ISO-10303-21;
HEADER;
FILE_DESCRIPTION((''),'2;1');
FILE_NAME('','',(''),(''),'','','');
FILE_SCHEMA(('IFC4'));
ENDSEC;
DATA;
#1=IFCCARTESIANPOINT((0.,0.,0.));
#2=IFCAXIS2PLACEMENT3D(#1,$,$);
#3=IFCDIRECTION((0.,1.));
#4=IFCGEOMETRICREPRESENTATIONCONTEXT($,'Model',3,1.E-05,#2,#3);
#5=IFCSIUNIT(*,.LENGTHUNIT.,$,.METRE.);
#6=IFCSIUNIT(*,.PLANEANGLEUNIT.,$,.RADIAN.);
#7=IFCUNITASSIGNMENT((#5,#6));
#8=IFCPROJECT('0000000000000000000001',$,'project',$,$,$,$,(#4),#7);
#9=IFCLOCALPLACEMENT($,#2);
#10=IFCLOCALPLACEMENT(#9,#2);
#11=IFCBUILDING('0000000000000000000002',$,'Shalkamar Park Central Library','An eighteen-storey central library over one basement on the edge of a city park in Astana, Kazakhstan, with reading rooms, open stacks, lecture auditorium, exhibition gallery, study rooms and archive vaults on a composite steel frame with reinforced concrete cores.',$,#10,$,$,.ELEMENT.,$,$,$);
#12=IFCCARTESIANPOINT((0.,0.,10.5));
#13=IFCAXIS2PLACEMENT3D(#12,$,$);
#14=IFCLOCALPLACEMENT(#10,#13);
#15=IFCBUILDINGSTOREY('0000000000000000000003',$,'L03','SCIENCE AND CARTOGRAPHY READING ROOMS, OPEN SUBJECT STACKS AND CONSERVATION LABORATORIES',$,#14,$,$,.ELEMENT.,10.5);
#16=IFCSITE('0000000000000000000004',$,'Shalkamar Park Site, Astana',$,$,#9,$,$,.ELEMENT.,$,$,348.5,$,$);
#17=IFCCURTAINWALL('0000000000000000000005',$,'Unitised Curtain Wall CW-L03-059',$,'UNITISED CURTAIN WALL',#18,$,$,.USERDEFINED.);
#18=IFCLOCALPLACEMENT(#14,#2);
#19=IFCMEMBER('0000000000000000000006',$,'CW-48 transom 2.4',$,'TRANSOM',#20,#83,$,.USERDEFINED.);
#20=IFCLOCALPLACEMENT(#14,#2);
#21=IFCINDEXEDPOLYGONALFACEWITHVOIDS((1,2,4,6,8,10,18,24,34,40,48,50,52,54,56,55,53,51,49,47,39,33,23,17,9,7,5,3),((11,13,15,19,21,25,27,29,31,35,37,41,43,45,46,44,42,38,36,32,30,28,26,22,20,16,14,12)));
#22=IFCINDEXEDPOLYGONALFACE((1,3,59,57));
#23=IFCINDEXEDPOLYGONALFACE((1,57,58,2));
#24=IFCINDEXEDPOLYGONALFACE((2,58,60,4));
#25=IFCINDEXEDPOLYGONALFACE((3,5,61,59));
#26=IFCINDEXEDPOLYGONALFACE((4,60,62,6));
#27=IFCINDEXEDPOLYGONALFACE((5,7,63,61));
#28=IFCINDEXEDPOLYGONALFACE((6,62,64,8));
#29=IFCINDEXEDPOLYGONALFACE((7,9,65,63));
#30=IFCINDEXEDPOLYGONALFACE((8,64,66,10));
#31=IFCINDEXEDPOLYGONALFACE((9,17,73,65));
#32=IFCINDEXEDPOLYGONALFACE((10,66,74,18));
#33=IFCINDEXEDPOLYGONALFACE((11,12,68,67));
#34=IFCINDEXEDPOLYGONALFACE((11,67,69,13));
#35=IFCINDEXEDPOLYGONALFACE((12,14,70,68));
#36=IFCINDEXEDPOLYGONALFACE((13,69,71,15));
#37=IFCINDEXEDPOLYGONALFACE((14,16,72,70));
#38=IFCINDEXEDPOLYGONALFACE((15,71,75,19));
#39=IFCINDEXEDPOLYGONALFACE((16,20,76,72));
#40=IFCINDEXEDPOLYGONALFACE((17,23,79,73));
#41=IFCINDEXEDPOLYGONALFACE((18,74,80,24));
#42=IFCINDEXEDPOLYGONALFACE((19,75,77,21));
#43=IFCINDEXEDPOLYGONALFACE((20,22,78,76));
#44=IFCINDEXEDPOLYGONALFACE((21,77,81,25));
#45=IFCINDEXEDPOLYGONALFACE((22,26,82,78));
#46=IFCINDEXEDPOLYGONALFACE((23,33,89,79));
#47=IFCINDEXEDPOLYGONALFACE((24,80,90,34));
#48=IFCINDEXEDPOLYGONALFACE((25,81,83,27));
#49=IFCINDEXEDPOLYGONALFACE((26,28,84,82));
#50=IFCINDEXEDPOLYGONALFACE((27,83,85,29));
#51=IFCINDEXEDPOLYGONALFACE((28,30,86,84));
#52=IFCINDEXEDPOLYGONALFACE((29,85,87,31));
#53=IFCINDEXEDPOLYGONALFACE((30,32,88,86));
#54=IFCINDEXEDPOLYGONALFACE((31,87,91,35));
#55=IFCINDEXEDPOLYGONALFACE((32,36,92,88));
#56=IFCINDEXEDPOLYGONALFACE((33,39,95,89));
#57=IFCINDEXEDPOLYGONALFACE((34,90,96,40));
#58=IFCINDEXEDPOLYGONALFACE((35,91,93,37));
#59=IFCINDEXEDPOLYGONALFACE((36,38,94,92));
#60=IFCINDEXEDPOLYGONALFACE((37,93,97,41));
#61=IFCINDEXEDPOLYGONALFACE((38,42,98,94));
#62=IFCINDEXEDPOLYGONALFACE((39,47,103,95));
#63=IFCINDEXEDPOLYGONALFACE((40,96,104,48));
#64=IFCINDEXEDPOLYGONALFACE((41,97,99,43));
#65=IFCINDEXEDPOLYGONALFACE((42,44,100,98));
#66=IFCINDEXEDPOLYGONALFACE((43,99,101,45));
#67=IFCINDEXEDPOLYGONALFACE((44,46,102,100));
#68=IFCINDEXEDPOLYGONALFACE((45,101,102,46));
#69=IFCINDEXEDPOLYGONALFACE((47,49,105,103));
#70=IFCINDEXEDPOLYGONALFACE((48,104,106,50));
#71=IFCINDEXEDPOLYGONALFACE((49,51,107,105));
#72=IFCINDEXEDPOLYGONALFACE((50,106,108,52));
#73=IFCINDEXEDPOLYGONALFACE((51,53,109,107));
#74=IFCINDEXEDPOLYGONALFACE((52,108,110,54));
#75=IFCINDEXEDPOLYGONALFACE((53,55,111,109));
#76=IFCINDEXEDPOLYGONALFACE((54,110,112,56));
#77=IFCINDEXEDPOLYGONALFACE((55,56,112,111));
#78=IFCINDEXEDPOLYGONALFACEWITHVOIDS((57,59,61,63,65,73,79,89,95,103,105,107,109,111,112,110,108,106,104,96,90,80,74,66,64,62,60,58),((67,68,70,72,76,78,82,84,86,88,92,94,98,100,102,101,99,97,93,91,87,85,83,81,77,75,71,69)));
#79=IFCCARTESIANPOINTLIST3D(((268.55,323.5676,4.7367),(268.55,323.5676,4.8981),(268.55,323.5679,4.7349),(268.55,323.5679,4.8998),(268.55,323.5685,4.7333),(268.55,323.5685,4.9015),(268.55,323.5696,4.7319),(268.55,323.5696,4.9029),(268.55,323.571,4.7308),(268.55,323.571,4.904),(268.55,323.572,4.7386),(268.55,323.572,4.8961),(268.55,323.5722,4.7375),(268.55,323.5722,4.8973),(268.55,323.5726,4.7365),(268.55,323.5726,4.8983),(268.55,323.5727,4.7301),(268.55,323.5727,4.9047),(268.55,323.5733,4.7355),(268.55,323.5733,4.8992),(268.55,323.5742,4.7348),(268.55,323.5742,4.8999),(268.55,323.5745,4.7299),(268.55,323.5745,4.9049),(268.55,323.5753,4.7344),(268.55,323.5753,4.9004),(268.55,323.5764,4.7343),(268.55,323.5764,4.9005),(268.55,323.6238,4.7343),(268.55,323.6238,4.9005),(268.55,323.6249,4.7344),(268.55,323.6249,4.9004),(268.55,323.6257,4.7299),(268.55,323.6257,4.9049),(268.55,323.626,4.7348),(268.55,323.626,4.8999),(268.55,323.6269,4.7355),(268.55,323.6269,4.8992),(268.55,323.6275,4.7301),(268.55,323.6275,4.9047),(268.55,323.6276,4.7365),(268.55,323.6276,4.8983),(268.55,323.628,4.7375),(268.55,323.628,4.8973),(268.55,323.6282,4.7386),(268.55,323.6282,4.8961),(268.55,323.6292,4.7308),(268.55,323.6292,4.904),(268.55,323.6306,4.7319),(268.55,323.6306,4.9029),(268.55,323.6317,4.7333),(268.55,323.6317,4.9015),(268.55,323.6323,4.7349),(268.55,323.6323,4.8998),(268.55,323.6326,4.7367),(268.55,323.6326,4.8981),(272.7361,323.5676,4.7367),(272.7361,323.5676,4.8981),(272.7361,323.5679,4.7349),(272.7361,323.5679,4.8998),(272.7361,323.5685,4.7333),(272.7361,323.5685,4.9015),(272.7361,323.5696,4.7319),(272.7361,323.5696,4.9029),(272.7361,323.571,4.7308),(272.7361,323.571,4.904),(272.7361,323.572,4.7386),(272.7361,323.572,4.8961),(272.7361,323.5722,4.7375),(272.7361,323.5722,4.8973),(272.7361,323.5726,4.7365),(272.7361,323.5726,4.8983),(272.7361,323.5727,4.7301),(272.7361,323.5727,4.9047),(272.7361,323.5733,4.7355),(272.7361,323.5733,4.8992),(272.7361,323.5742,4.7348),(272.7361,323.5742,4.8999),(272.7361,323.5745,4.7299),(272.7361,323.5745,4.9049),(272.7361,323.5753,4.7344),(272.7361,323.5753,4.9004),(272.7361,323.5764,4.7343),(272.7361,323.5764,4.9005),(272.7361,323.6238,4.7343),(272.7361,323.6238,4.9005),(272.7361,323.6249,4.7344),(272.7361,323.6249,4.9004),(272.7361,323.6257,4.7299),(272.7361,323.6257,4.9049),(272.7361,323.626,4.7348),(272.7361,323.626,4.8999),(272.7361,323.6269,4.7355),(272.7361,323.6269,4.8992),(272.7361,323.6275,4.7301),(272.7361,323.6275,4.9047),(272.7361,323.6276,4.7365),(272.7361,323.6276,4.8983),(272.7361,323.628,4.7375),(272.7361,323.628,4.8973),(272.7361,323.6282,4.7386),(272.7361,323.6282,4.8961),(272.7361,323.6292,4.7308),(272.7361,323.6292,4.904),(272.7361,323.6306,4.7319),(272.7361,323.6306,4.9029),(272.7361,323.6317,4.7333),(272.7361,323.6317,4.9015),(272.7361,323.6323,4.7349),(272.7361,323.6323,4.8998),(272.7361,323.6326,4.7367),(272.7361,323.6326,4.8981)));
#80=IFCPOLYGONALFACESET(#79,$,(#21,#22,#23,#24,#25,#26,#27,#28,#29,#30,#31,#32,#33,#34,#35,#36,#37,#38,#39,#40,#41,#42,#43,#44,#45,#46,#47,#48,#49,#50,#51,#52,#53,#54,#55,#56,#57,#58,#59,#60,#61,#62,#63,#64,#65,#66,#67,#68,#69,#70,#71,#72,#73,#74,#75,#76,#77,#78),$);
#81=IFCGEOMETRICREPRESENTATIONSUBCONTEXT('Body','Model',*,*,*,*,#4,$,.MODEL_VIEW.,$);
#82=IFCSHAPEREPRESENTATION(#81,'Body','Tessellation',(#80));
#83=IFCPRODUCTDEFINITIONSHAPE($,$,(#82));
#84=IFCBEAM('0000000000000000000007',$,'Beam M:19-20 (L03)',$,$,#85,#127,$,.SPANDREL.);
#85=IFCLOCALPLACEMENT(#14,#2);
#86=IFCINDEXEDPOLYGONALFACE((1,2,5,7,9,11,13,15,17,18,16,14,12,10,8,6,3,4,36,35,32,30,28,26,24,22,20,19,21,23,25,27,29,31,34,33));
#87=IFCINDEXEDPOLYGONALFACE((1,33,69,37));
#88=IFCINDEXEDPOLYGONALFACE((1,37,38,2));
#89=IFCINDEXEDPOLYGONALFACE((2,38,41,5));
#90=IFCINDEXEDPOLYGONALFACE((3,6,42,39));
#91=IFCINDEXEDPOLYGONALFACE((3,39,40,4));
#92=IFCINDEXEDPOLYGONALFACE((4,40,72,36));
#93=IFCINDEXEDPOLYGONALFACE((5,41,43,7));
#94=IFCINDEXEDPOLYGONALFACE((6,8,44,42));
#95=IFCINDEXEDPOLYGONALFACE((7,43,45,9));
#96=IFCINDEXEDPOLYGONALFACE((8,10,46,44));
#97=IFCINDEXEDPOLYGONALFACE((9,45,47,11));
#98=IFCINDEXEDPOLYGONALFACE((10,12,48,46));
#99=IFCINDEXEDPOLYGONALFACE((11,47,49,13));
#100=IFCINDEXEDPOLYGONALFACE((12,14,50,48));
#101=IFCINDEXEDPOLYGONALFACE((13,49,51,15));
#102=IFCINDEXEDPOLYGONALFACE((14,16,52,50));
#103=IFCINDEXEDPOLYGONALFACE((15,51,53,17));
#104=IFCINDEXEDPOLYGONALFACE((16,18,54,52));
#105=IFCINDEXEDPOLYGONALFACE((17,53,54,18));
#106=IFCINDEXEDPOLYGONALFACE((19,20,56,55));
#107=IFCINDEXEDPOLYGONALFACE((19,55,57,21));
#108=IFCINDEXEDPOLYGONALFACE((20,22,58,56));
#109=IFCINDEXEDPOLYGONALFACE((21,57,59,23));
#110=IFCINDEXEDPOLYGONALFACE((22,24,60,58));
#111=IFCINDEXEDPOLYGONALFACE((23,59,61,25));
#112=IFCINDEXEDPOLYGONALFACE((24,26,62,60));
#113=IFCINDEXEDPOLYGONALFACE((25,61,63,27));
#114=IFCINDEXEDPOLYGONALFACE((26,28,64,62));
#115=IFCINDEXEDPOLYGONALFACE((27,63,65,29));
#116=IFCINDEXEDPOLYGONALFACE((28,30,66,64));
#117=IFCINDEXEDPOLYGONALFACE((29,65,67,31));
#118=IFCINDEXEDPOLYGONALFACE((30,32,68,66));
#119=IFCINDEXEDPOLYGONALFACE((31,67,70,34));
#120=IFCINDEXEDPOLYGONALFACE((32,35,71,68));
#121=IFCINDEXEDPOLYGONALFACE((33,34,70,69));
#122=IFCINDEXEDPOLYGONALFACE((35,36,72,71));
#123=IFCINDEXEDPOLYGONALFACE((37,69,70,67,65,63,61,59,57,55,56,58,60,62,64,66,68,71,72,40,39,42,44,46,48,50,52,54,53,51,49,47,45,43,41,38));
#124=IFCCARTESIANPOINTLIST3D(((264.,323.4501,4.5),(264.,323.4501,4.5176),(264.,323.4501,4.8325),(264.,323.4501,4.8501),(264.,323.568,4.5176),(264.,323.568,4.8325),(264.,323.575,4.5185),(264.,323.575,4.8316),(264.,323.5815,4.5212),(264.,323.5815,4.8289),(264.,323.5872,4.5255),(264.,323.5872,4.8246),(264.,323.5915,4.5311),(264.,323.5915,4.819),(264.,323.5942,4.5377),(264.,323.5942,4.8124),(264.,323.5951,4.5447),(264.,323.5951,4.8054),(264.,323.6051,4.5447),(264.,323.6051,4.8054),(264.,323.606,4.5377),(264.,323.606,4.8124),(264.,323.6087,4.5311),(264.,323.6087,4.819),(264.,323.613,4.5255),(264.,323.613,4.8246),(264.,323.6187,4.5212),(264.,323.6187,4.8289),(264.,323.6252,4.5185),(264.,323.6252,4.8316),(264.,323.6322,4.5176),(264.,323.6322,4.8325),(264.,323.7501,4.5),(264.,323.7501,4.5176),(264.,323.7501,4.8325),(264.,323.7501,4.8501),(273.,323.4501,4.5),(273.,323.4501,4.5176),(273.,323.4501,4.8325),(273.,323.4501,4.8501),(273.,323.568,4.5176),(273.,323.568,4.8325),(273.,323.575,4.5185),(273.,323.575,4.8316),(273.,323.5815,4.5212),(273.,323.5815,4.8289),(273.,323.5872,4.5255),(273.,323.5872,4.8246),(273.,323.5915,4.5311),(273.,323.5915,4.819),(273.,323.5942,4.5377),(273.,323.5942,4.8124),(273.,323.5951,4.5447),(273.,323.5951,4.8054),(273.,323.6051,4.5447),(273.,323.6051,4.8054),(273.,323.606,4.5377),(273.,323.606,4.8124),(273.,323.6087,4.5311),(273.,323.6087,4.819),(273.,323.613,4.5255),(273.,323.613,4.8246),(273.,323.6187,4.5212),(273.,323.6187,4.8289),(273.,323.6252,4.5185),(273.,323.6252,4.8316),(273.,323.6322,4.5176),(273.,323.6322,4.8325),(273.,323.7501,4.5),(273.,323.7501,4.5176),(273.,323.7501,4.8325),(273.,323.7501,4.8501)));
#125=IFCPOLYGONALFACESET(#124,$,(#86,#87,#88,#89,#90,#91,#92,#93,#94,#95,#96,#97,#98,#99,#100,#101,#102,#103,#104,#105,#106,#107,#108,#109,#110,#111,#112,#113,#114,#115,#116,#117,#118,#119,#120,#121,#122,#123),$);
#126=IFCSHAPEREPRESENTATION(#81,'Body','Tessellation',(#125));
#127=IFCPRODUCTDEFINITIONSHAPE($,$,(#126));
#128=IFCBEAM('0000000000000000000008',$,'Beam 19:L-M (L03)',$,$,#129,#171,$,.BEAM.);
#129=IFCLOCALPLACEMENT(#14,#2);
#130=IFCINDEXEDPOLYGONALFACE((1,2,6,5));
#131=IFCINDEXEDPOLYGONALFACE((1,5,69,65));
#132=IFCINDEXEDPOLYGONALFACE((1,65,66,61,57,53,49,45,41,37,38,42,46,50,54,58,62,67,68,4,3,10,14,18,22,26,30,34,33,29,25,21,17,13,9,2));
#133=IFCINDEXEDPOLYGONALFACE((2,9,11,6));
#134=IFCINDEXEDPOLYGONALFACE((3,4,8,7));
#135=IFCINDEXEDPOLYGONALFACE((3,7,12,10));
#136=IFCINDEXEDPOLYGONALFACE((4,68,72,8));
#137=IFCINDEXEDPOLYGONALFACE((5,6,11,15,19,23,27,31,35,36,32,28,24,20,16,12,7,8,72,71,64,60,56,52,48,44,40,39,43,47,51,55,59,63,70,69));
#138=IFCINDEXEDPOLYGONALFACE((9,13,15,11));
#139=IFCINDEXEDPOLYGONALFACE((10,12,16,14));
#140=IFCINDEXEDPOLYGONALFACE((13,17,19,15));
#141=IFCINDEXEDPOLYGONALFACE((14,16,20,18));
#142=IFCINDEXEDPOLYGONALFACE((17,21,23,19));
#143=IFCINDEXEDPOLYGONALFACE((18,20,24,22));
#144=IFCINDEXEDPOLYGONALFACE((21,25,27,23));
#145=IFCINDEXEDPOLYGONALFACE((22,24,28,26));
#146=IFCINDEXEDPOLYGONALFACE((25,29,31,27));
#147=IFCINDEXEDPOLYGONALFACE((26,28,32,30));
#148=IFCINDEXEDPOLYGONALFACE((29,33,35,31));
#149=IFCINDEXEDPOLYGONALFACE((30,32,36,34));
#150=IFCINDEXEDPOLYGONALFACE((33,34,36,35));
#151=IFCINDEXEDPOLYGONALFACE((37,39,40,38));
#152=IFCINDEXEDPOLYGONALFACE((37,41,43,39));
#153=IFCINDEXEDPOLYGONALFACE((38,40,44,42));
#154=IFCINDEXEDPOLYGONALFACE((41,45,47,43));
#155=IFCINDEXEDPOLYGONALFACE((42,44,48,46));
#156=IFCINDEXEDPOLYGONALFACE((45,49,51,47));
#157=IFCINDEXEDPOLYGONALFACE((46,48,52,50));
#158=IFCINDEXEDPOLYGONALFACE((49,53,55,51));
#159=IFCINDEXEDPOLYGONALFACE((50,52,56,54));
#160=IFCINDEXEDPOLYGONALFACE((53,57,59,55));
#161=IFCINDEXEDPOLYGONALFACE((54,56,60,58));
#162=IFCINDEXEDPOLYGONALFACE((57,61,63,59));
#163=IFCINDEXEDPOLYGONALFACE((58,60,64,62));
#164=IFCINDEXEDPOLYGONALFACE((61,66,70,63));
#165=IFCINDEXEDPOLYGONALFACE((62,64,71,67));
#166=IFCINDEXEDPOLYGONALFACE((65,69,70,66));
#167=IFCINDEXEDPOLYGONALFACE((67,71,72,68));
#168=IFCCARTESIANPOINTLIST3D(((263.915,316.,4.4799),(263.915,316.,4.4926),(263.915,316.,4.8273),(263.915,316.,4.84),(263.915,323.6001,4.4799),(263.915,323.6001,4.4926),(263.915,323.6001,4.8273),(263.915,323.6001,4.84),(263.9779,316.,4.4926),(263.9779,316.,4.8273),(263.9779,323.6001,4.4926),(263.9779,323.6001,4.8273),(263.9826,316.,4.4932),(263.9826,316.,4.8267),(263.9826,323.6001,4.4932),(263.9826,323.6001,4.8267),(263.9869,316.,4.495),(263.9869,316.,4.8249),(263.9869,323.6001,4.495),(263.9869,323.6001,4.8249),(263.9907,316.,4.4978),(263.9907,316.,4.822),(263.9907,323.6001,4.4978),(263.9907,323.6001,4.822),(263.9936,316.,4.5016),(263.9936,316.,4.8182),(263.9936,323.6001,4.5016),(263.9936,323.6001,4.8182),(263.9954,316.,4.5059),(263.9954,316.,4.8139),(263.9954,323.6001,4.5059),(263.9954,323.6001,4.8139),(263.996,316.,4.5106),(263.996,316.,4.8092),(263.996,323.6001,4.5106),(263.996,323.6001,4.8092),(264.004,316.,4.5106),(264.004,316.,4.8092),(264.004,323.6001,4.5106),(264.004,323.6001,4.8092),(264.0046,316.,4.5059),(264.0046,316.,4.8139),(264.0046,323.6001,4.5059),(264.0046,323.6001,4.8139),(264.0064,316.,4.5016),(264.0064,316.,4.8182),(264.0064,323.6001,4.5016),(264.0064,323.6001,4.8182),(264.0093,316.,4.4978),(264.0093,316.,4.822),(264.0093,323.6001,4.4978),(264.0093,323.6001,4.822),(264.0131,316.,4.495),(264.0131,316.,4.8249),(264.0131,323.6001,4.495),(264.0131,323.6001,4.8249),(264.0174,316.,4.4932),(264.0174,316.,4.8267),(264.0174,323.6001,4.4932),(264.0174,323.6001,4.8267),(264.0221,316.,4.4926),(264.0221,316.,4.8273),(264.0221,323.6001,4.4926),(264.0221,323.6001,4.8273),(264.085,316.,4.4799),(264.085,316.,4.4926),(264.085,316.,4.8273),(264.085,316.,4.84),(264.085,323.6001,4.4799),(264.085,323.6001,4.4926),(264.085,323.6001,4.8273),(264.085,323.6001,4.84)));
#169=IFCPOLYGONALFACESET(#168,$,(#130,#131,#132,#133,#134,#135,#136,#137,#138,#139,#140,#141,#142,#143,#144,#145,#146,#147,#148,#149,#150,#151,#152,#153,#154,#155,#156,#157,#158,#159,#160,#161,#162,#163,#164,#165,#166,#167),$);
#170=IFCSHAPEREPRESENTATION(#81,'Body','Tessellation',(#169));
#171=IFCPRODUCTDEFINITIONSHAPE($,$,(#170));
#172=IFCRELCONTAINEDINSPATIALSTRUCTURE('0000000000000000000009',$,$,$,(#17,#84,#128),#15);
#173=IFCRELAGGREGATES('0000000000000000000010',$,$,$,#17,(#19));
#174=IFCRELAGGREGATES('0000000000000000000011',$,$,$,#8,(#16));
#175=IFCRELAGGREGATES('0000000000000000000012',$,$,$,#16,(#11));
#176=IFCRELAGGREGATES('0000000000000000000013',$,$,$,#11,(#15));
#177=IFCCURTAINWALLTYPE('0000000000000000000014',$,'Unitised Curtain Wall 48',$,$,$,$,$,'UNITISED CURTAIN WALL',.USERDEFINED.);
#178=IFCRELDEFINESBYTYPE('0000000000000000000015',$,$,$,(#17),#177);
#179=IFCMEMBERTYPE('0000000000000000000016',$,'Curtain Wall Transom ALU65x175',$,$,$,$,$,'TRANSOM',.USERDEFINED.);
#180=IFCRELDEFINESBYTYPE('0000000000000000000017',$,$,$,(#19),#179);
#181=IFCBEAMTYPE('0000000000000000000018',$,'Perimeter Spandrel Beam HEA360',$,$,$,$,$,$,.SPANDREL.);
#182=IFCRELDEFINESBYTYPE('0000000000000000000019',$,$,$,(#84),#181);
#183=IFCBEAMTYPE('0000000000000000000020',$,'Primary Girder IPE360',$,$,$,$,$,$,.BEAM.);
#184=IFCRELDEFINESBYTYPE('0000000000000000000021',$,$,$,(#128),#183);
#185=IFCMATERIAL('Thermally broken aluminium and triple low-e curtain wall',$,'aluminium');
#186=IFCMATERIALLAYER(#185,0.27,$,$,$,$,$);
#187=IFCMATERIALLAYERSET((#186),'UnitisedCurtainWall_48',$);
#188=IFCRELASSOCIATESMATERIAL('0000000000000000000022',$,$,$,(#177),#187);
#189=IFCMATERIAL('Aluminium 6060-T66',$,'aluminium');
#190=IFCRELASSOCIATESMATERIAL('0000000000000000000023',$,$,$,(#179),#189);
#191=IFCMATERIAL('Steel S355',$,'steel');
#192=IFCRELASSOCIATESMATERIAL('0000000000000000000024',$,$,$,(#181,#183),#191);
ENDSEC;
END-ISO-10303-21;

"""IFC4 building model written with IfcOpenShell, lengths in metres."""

from ifc_helpers import new_model, si_unit, direction, frame, origin, origin_2d, place, context, subcontext, project, spatial, hollow_rectangle, i_section, extrude, material, layer, layer_set, material_profile, profile_set, type_object, element, aggregate, save


model = new_model("IFC4")

# Units and contexts
model_context = context("Model", 3, precision=1e-05, world=origin(), true_north=direction((0.0, 1.0)))
body_context = subcontext(model_context, "Body", "Model", "MODEL_VIEW")
ifc_project = project(units=[si_unit("LENGTHUNIT", "METRE"), si_unit("PLANEANGLEUNIT", "RADIAN")], contexts=[model_context])

# Site, building, storey
site_placement = place(None, origin())
site = spatial("IfcSite", under=ifc_project, at=site_placement, Name="Shalkamar Park Site, Astana", CompositionType="ELEMENT", RefElevation=348.5)
building_placement = place(site_placement, origin())
building = spatial("IfcBuilding", under=site, at=building_placement, Name="Shalkamar Park Central Library", Description="An eighteen-storey central library over one basement on the edge of a city park in Astana, Kazakhstan, with reading rooms, open stacks, lecture auditorium, exhibition gallery, study rooms and archive vaults on a composite steel frame with reinforced concrete cores.", CompositionType="ELEMENT")
storey_placement = place(building_placement, frame((0.0, 0.0, 10.5)))
storey = spatial("IfcBuildingStorey", under=building, at=storey_placement, Name="L03", Description="SCIENCE AND CARTOGRAPHY READING ROOMS, OPEN SUBJECT STACKS AND CONSERVATION LABORATORIES", CompositionType="ELEMENT", Elevation=10.5)

# Shared definitions
ifc_material_1 = material(Name="Steel S355", Category="steel")

# Shared definitions
ifc_material_2 = material(Name="Thermally broken aluminium and triple low-e curtain wall", Category="aluminium")
ifc_material_3 = material(Name="Aluminium 6060-T66", Category="aluminium")

# Curtain wall, member
ifc_layer_1 = layer(ifc_material_2, 0.27)
ifc_layer_set_1 = layer_set([ifc_layer_1], Name="UnitisedCurtainWall_48")
curtain_wall_type_1 = type_object("IfcCurtainWallType", Name="Unitised Curtain Wall 48", ElementType="UNITISED CURTAIN WALL", PredefinedType="USERDEFINED", material=ifc_layer_set_1)
curtain_wall_1_placement = place(storey_placement, origin())
curtain_wall_1 = element("IfcCurtainWall", 1, at=curtain_wall_1_placement, inside=storey, type_object=curtain_wall_type_1, Name="Unitised Curtain Wall CW-L03-059", ObjectType="UNITISED CURTAIN WALL", PredefinedType="USERDEFINED")
ifc_material_profile_1 = material_profile(ifc_material_3, hollow_rectangle(XDim=0.0649, YDim=0.175, WallThickness=0.0044, InnerFilletRadius=0.0044, OuterFilletRadius=0.0068, at=origin_2d()), Name="ALU 65x175x4.5")
ifc_profile_set_1 = profile_set([ifc_material_profile_1], Name="Aluminium 6060-T66")
member_type_1 = type_object("IfcMemberType", Name="Curtain Wall Transom ALU65x175", ElementType="TRANSOM", PredefinedType="USERDEFINED", material=ifc_profile_set_1)
member_1_placement = place(storey_placement, frame((268.55, 323.6001, 4.8174), z_axis=(1.0, 0.0, 0.0), x_axis=(0.0, 1.0, 0.0)))
member_1 = element("IfcMember", 2, at=member_1_placement, type_object=member_type_1, Name="CW-48 transom 2.4", ObjectType="TRANSOM", PredefinedType="USERDEFINED", context=body_context, shape_type="SweptSolid", body=[
    extrude(hollow_rectangle(XDim=0.0649, YDim=0.175, WallThickness=0.0044, InnerFilletRadius=0.0044, OuterFilletRadius=0.0068, at=origin_2d()), origin(), (0.0, 0.0, 1.0), 4.186),
])

# Beams
ifc_material_profile_2 = material_profile(ifc_material_1, i_section(OverallWidth=0.3, OverallDepth=0.3501, WebThickness=0.01, FlangeThickness=0.0176, FilletRadius=0.0271, at=origin_2d()), Name="HEA 360")
ifc_profile_set_2 = profile_set([ifc_material_profile_2], Name="Steel S355")
beam_type_1 = type_object("IfcBeamType", Name="Perimeter Spandrel Beam HEA360", PredefinedType="SPANDREL", material=ifc_profile_set_2)
beam_1_placement = place(storey_placement, frame((264.0, 323.6001, 4.675), z_axis=(1.0, 0.0, 0.0), x_axis=(0.0, 1.0, 0.0)))
element("IfcBeam", 3, at=beam_1_placement, inside=storey, type_object=beam_type_1, Name="Beam M:19-20 (L03)", PredefinedType="SPANDREL", context=body_context, shape_type="SweptSolid", body=[
    extrude(i_section(OverallWidth=0.3, OverallDepth=0.3501, WebThickness=0.01, FlangeThickness=0.0176, FilletRadius=0.0271, at=origin_2d()), origin(), (0.0, 0.0, 1.0), 9.0),
])
ifc_material_profile_3 = material_profile(ifc_material_1, i_section(OverallWidth=0.1699, OverallDepth=0.3601, WebThickness=0.0081, FlangeThickness=0.0127, FilletRadius=0.0181, at=origin_2d()), Name="IPE 360")
ifc_profile_set_3 = profile_set([ifc_material_profile_3], Name="Steel S355")
beam_type_2 = type_object("IfcBeamType", Name="Primary Girder IPE360", PredefinedType="BEAM", material=ifc_profile_set_3)
beam_2_placement = place(storey_placement, frame((264.0, 316.0, 4.6599), z_axis=(0.0, 1.0, 0.0), x_axis=(-1.0, 0.0, 0.0)))
element("IfcBeam", 4, at=beam_2_placement, inside=storey, type_object=beam_type_2, Name="Beam 19:L-M (L03)", PredefinedType="BEAM", context=body_context, shape_type="SweptSolid", body=[
    extrude(i_section(OverallWidth=0.1699, OverallDepth=0.3601, WebThickness=0.0081, FlangeThickness=0.0127, FilletRadius=0.0181, at=origin_2d()), origin(), (0.0, 0.0, 1.0), 7.6001),
])

aggregate(curtain_wall_1, [member_1])

save(model, "model.ifc")
